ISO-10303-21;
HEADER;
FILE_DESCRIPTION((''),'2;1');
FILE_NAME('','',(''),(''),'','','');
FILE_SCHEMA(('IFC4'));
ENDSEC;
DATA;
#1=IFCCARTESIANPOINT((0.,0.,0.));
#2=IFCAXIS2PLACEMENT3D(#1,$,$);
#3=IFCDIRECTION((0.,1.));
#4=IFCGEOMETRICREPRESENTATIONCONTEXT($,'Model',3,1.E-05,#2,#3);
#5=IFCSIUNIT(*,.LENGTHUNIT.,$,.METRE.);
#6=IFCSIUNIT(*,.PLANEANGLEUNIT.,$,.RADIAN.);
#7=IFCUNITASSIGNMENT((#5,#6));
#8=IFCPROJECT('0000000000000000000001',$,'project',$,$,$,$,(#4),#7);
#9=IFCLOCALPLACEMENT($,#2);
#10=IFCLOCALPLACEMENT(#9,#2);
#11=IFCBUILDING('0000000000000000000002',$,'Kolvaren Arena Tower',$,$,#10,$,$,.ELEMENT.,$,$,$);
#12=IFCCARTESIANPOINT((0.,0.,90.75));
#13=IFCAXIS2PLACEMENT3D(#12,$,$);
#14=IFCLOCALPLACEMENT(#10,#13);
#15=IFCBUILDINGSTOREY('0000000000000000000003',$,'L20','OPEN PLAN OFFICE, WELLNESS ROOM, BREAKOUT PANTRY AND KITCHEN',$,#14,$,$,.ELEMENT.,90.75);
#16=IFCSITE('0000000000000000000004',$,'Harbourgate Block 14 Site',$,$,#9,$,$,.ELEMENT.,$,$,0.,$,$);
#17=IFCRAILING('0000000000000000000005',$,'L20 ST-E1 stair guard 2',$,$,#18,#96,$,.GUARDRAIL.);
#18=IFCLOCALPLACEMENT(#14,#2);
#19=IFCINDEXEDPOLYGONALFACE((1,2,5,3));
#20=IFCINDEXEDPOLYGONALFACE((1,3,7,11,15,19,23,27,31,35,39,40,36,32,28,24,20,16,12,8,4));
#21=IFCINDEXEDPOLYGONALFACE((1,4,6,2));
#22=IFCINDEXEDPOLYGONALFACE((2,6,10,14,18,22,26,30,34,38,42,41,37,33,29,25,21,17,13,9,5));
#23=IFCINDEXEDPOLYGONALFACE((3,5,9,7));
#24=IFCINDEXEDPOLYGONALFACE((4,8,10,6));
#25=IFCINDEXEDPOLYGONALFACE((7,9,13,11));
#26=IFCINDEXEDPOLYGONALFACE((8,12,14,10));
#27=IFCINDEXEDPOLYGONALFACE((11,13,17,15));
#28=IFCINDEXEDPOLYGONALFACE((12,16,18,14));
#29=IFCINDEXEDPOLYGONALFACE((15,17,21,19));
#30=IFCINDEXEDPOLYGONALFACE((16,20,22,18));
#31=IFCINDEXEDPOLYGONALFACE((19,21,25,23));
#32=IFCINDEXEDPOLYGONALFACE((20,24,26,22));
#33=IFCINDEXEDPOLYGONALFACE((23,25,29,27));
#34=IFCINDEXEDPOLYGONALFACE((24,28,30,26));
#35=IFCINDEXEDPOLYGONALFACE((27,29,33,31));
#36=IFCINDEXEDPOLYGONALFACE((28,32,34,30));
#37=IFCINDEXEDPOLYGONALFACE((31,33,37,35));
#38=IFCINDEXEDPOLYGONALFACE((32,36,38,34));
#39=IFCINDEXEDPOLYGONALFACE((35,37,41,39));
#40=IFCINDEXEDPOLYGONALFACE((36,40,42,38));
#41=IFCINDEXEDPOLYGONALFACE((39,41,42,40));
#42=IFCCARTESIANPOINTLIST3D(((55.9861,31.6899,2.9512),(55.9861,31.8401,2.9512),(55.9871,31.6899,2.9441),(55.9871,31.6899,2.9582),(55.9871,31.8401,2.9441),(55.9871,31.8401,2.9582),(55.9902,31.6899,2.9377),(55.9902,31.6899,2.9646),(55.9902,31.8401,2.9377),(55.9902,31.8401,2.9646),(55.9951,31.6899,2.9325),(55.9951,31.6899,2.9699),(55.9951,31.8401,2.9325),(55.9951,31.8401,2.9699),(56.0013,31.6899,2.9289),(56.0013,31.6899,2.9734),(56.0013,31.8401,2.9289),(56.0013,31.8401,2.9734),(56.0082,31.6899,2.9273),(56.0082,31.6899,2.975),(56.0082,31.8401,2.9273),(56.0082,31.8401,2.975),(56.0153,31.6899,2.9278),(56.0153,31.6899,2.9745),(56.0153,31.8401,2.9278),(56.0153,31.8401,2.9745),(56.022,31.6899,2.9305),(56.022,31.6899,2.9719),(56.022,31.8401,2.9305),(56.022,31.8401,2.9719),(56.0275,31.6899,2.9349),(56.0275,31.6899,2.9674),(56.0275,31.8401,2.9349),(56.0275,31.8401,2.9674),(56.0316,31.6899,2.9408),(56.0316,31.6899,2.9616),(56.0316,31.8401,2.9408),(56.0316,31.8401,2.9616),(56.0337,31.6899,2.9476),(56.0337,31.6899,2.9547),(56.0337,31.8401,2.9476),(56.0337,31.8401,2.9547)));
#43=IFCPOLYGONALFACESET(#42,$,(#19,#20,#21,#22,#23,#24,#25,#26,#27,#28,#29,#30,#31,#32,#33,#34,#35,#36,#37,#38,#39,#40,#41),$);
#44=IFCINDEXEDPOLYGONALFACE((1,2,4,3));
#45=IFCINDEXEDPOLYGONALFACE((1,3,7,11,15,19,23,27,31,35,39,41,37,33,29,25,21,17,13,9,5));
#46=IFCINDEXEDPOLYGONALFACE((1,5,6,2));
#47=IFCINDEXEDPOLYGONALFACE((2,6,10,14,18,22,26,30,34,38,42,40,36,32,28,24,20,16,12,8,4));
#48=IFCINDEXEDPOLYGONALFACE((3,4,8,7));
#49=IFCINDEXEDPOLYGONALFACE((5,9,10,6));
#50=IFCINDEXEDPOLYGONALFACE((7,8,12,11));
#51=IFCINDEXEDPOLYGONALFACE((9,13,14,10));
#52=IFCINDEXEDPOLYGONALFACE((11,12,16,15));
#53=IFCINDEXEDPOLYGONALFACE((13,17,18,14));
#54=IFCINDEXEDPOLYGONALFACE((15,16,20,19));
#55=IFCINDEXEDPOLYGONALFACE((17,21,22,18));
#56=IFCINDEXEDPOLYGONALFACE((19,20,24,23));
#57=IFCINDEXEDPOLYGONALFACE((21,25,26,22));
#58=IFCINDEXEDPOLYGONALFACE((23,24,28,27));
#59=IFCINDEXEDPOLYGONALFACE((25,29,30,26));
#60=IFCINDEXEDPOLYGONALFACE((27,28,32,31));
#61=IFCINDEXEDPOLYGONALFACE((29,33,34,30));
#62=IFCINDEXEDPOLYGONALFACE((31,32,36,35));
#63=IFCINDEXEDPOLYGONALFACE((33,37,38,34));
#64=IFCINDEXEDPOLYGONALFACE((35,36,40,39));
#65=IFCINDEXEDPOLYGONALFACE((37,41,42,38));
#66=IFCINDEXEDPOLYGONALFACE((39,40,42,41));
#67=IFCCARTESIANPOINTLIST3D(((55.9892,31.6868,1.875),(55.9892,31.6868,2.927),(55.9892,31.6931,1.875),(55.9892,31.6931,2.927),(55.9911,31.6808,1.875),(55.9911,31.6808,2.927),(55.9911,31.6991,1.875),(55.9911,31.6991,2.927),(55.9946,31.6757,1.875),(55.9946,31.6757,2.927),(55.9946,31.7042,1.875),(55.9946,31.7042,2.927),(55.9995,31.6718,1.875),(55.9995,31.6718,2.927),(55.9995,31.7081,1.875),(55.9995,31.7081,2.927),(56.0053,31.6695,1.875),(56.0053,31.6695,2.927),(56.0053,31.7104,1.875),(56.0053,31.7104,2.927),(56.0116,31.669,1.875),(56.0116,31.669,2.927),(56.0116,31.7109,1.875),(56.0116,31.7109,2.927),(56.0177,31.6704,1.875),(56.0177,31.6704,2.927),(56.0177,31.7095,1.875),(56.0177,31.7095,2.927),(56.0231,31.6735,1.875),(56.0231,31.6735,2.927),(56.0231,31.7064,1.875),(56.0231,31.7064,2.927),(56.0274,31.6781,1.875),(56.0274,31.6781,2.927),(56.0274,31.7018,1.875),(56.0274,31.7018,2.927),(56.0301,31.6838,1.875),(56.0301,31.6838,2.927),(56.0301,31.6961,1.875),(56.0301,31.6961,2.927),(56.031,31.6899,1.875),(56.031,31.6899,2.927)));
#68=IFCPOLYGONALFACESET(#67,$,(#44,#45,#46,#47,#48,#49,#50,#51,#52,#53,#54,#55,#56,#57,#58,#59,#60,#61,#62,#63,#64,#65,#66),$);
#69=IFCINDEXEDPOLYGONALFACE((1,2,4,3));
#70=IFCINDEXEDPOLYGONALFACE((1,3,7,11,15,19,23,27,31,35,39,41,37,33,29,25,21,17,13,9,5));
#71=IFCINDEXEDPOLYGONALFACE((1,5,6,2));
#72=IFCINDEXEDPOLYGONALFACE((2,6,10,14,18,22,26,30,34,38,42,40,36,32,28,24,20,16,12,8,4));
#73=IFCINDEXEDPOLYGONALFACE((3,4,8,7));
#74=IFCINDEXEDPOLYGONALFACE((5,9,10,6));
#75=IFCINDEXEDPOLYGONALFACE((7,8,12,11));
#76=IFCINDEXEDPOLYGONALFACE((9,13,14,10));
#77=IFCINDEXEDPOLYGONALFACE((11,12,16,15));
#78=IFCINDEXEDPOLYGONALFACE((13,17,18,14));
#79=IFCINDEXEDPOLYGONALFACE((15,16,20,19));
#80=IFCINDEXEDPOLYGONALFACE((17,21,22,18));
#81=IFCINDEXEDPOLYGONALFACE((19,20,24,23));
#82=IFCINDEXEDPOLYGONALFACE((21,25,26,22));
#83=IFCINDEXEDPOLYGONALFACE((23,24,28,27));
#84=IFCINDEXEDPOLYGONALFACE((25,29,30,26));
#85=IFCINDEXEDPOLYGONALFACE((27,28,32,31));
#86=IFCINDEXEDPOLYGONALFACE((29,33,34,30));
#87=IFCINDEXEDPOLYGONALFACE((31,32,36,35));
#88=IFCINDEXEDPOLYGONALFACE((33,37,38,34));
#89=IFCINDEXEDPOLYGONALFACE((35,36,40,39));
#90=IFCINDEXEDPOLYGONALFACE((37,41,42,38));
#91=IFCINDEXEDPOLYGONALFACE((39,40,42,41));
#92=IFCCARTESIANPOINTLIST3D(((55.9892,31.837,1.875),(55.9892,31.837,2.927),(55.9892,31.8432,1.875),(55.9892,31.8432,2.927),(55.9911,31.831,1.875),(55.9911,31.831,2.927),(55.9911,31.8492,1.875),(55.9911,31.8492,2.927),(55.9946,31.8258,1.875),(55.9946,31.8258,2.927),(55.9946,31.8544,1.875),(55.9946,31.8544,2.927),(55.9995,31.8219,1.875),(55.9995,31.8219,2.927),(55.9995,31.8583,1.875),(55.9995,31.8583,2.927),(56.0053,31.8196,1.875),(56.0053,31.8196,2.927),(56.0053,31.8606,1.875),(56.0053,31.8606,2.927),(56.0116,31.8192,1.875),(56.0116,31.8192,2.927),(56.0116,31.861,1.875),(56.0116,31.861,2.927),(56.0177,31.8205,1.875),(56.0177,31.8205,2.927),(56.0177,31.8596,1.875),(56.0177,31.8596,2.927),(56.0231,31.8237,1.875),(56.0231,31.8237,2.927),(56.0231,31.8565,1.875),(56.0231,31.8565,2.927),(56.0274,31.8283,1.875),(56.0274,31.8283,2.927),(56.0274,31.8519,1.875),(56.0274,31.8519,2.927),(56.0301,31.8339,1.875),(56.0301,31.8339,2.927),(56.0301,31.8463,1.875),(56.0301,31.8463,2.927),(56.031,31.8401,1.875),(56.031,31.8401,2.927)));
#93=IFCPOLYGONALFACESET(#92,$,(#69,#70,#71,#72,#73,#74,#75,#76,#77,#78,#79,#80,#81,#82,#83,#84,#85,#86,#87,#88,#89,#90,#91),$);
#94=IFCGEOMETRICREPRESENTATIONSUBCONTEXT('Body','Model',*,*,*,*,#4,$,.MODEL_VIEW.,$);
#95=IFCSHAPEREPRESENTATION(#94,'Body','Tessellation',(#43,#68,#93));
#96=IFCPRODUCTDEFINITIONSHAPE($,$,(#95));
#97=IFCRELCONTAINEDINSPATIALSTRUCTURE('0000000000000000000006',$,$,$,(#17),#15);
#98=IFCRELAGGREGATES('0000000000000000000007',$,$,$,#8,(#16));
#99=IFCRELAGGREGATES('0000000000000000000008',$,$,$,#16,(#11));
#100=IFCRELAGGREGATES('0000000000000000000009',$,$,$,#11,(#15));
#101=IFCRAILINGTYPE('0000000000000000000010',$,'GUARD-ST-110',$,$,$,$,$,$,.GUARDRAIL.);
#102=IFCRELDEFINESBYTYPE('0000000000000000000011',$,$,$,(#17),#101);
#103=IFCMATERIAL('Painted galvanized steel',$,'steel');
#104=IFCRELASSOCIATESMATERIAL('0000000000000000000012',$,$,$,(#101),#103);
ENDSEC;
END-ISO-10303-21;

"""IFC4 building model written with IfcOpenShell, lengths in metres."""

from ifc_helpers import new_model, si_unit, direction, frame, origin, origin_2d, place, context, subcontext, project, spatial, circle, extrude, material, type_object, element, save


model = new_model("IFC4")

# Units and contexts
model_context = context("Model", 3, precision=1e-05, world=origin(), true_north=direction((0.0, 1.0)))
body_context = subcontext(model_context, "Body", "Model", "MODEL_VIEW")
ifc_project = project(units=[si_unit("LENGTHUNIT", "METRE"), si_unit("PLANEANGLEUNIT", "RADIAN")], contexts=[model_context])

# Site, building, storey
site_placement = place(None, origin())
site = spatial("IfcSite", under=ifc_project, at=site_placement, Name="Harbourgate Block 14 Site", CompositionType="ELEMENT", RefElevation=0.0)
building_placement = place(site_placement, origin())
building = spatial("IfcBuilding", under=site, at=building_placement, Name="Kolvaren Arena Tower", CompositionType="ELEMENT")
storey_placement = place(building_placement, frame((0.0, 0.0, 90.75)))
storey = spatial("IfcBuildingStorey", under=building, at=storey_placement, Name="L20", Description="OPEN PLAN OFFICE, WELLNESS ROOM, BREAKOUT PANTRY AND KITCHEN", CompositionType="ELEMENT", Elevation=90.75)

# Railing
ifc_material_1 = material(Name="Painted galvanized steel", Category="steel")
railing_type_1 = type_object("IfcRailingType", Name="GUARD-ST-110", PredefinedType="GUARDRAIL", material=ifc_material_1)
railing_1_placement = place(storey_placement, frame((56.01, 31.6899, 1.875)))
element("IfcRailing", 1, at=railing_1_placement, inside=storey, type_object=railing_type_1, Name="L20 ST-E1 stair guard 2", PredefinedType="GUARDRAIL", context=body_context, shape_type="SweptSolid", body=[
    extrude(circle(Radius=0.0239, at=origin_2d()), frame((0.0, 0.0, 1.0762), z_axis=(0.0, 1.0, 0.0), x_axis=(-1.0, 0.0, 0.0)), (0.0, 0.0, 1.0), 0.1501),
    extrude(circle(Radius=0.021, at=origin_2d()), origin(), (0.0, 0.0, 1.0), 1.052),
    extrude(circle(Radius=0.021, at=origin_2d()), frame((0.0, 0.1501, 0.0)), (0.0, 0.0, 1.0), 1.052),
])

save(model, "model.ifc")
